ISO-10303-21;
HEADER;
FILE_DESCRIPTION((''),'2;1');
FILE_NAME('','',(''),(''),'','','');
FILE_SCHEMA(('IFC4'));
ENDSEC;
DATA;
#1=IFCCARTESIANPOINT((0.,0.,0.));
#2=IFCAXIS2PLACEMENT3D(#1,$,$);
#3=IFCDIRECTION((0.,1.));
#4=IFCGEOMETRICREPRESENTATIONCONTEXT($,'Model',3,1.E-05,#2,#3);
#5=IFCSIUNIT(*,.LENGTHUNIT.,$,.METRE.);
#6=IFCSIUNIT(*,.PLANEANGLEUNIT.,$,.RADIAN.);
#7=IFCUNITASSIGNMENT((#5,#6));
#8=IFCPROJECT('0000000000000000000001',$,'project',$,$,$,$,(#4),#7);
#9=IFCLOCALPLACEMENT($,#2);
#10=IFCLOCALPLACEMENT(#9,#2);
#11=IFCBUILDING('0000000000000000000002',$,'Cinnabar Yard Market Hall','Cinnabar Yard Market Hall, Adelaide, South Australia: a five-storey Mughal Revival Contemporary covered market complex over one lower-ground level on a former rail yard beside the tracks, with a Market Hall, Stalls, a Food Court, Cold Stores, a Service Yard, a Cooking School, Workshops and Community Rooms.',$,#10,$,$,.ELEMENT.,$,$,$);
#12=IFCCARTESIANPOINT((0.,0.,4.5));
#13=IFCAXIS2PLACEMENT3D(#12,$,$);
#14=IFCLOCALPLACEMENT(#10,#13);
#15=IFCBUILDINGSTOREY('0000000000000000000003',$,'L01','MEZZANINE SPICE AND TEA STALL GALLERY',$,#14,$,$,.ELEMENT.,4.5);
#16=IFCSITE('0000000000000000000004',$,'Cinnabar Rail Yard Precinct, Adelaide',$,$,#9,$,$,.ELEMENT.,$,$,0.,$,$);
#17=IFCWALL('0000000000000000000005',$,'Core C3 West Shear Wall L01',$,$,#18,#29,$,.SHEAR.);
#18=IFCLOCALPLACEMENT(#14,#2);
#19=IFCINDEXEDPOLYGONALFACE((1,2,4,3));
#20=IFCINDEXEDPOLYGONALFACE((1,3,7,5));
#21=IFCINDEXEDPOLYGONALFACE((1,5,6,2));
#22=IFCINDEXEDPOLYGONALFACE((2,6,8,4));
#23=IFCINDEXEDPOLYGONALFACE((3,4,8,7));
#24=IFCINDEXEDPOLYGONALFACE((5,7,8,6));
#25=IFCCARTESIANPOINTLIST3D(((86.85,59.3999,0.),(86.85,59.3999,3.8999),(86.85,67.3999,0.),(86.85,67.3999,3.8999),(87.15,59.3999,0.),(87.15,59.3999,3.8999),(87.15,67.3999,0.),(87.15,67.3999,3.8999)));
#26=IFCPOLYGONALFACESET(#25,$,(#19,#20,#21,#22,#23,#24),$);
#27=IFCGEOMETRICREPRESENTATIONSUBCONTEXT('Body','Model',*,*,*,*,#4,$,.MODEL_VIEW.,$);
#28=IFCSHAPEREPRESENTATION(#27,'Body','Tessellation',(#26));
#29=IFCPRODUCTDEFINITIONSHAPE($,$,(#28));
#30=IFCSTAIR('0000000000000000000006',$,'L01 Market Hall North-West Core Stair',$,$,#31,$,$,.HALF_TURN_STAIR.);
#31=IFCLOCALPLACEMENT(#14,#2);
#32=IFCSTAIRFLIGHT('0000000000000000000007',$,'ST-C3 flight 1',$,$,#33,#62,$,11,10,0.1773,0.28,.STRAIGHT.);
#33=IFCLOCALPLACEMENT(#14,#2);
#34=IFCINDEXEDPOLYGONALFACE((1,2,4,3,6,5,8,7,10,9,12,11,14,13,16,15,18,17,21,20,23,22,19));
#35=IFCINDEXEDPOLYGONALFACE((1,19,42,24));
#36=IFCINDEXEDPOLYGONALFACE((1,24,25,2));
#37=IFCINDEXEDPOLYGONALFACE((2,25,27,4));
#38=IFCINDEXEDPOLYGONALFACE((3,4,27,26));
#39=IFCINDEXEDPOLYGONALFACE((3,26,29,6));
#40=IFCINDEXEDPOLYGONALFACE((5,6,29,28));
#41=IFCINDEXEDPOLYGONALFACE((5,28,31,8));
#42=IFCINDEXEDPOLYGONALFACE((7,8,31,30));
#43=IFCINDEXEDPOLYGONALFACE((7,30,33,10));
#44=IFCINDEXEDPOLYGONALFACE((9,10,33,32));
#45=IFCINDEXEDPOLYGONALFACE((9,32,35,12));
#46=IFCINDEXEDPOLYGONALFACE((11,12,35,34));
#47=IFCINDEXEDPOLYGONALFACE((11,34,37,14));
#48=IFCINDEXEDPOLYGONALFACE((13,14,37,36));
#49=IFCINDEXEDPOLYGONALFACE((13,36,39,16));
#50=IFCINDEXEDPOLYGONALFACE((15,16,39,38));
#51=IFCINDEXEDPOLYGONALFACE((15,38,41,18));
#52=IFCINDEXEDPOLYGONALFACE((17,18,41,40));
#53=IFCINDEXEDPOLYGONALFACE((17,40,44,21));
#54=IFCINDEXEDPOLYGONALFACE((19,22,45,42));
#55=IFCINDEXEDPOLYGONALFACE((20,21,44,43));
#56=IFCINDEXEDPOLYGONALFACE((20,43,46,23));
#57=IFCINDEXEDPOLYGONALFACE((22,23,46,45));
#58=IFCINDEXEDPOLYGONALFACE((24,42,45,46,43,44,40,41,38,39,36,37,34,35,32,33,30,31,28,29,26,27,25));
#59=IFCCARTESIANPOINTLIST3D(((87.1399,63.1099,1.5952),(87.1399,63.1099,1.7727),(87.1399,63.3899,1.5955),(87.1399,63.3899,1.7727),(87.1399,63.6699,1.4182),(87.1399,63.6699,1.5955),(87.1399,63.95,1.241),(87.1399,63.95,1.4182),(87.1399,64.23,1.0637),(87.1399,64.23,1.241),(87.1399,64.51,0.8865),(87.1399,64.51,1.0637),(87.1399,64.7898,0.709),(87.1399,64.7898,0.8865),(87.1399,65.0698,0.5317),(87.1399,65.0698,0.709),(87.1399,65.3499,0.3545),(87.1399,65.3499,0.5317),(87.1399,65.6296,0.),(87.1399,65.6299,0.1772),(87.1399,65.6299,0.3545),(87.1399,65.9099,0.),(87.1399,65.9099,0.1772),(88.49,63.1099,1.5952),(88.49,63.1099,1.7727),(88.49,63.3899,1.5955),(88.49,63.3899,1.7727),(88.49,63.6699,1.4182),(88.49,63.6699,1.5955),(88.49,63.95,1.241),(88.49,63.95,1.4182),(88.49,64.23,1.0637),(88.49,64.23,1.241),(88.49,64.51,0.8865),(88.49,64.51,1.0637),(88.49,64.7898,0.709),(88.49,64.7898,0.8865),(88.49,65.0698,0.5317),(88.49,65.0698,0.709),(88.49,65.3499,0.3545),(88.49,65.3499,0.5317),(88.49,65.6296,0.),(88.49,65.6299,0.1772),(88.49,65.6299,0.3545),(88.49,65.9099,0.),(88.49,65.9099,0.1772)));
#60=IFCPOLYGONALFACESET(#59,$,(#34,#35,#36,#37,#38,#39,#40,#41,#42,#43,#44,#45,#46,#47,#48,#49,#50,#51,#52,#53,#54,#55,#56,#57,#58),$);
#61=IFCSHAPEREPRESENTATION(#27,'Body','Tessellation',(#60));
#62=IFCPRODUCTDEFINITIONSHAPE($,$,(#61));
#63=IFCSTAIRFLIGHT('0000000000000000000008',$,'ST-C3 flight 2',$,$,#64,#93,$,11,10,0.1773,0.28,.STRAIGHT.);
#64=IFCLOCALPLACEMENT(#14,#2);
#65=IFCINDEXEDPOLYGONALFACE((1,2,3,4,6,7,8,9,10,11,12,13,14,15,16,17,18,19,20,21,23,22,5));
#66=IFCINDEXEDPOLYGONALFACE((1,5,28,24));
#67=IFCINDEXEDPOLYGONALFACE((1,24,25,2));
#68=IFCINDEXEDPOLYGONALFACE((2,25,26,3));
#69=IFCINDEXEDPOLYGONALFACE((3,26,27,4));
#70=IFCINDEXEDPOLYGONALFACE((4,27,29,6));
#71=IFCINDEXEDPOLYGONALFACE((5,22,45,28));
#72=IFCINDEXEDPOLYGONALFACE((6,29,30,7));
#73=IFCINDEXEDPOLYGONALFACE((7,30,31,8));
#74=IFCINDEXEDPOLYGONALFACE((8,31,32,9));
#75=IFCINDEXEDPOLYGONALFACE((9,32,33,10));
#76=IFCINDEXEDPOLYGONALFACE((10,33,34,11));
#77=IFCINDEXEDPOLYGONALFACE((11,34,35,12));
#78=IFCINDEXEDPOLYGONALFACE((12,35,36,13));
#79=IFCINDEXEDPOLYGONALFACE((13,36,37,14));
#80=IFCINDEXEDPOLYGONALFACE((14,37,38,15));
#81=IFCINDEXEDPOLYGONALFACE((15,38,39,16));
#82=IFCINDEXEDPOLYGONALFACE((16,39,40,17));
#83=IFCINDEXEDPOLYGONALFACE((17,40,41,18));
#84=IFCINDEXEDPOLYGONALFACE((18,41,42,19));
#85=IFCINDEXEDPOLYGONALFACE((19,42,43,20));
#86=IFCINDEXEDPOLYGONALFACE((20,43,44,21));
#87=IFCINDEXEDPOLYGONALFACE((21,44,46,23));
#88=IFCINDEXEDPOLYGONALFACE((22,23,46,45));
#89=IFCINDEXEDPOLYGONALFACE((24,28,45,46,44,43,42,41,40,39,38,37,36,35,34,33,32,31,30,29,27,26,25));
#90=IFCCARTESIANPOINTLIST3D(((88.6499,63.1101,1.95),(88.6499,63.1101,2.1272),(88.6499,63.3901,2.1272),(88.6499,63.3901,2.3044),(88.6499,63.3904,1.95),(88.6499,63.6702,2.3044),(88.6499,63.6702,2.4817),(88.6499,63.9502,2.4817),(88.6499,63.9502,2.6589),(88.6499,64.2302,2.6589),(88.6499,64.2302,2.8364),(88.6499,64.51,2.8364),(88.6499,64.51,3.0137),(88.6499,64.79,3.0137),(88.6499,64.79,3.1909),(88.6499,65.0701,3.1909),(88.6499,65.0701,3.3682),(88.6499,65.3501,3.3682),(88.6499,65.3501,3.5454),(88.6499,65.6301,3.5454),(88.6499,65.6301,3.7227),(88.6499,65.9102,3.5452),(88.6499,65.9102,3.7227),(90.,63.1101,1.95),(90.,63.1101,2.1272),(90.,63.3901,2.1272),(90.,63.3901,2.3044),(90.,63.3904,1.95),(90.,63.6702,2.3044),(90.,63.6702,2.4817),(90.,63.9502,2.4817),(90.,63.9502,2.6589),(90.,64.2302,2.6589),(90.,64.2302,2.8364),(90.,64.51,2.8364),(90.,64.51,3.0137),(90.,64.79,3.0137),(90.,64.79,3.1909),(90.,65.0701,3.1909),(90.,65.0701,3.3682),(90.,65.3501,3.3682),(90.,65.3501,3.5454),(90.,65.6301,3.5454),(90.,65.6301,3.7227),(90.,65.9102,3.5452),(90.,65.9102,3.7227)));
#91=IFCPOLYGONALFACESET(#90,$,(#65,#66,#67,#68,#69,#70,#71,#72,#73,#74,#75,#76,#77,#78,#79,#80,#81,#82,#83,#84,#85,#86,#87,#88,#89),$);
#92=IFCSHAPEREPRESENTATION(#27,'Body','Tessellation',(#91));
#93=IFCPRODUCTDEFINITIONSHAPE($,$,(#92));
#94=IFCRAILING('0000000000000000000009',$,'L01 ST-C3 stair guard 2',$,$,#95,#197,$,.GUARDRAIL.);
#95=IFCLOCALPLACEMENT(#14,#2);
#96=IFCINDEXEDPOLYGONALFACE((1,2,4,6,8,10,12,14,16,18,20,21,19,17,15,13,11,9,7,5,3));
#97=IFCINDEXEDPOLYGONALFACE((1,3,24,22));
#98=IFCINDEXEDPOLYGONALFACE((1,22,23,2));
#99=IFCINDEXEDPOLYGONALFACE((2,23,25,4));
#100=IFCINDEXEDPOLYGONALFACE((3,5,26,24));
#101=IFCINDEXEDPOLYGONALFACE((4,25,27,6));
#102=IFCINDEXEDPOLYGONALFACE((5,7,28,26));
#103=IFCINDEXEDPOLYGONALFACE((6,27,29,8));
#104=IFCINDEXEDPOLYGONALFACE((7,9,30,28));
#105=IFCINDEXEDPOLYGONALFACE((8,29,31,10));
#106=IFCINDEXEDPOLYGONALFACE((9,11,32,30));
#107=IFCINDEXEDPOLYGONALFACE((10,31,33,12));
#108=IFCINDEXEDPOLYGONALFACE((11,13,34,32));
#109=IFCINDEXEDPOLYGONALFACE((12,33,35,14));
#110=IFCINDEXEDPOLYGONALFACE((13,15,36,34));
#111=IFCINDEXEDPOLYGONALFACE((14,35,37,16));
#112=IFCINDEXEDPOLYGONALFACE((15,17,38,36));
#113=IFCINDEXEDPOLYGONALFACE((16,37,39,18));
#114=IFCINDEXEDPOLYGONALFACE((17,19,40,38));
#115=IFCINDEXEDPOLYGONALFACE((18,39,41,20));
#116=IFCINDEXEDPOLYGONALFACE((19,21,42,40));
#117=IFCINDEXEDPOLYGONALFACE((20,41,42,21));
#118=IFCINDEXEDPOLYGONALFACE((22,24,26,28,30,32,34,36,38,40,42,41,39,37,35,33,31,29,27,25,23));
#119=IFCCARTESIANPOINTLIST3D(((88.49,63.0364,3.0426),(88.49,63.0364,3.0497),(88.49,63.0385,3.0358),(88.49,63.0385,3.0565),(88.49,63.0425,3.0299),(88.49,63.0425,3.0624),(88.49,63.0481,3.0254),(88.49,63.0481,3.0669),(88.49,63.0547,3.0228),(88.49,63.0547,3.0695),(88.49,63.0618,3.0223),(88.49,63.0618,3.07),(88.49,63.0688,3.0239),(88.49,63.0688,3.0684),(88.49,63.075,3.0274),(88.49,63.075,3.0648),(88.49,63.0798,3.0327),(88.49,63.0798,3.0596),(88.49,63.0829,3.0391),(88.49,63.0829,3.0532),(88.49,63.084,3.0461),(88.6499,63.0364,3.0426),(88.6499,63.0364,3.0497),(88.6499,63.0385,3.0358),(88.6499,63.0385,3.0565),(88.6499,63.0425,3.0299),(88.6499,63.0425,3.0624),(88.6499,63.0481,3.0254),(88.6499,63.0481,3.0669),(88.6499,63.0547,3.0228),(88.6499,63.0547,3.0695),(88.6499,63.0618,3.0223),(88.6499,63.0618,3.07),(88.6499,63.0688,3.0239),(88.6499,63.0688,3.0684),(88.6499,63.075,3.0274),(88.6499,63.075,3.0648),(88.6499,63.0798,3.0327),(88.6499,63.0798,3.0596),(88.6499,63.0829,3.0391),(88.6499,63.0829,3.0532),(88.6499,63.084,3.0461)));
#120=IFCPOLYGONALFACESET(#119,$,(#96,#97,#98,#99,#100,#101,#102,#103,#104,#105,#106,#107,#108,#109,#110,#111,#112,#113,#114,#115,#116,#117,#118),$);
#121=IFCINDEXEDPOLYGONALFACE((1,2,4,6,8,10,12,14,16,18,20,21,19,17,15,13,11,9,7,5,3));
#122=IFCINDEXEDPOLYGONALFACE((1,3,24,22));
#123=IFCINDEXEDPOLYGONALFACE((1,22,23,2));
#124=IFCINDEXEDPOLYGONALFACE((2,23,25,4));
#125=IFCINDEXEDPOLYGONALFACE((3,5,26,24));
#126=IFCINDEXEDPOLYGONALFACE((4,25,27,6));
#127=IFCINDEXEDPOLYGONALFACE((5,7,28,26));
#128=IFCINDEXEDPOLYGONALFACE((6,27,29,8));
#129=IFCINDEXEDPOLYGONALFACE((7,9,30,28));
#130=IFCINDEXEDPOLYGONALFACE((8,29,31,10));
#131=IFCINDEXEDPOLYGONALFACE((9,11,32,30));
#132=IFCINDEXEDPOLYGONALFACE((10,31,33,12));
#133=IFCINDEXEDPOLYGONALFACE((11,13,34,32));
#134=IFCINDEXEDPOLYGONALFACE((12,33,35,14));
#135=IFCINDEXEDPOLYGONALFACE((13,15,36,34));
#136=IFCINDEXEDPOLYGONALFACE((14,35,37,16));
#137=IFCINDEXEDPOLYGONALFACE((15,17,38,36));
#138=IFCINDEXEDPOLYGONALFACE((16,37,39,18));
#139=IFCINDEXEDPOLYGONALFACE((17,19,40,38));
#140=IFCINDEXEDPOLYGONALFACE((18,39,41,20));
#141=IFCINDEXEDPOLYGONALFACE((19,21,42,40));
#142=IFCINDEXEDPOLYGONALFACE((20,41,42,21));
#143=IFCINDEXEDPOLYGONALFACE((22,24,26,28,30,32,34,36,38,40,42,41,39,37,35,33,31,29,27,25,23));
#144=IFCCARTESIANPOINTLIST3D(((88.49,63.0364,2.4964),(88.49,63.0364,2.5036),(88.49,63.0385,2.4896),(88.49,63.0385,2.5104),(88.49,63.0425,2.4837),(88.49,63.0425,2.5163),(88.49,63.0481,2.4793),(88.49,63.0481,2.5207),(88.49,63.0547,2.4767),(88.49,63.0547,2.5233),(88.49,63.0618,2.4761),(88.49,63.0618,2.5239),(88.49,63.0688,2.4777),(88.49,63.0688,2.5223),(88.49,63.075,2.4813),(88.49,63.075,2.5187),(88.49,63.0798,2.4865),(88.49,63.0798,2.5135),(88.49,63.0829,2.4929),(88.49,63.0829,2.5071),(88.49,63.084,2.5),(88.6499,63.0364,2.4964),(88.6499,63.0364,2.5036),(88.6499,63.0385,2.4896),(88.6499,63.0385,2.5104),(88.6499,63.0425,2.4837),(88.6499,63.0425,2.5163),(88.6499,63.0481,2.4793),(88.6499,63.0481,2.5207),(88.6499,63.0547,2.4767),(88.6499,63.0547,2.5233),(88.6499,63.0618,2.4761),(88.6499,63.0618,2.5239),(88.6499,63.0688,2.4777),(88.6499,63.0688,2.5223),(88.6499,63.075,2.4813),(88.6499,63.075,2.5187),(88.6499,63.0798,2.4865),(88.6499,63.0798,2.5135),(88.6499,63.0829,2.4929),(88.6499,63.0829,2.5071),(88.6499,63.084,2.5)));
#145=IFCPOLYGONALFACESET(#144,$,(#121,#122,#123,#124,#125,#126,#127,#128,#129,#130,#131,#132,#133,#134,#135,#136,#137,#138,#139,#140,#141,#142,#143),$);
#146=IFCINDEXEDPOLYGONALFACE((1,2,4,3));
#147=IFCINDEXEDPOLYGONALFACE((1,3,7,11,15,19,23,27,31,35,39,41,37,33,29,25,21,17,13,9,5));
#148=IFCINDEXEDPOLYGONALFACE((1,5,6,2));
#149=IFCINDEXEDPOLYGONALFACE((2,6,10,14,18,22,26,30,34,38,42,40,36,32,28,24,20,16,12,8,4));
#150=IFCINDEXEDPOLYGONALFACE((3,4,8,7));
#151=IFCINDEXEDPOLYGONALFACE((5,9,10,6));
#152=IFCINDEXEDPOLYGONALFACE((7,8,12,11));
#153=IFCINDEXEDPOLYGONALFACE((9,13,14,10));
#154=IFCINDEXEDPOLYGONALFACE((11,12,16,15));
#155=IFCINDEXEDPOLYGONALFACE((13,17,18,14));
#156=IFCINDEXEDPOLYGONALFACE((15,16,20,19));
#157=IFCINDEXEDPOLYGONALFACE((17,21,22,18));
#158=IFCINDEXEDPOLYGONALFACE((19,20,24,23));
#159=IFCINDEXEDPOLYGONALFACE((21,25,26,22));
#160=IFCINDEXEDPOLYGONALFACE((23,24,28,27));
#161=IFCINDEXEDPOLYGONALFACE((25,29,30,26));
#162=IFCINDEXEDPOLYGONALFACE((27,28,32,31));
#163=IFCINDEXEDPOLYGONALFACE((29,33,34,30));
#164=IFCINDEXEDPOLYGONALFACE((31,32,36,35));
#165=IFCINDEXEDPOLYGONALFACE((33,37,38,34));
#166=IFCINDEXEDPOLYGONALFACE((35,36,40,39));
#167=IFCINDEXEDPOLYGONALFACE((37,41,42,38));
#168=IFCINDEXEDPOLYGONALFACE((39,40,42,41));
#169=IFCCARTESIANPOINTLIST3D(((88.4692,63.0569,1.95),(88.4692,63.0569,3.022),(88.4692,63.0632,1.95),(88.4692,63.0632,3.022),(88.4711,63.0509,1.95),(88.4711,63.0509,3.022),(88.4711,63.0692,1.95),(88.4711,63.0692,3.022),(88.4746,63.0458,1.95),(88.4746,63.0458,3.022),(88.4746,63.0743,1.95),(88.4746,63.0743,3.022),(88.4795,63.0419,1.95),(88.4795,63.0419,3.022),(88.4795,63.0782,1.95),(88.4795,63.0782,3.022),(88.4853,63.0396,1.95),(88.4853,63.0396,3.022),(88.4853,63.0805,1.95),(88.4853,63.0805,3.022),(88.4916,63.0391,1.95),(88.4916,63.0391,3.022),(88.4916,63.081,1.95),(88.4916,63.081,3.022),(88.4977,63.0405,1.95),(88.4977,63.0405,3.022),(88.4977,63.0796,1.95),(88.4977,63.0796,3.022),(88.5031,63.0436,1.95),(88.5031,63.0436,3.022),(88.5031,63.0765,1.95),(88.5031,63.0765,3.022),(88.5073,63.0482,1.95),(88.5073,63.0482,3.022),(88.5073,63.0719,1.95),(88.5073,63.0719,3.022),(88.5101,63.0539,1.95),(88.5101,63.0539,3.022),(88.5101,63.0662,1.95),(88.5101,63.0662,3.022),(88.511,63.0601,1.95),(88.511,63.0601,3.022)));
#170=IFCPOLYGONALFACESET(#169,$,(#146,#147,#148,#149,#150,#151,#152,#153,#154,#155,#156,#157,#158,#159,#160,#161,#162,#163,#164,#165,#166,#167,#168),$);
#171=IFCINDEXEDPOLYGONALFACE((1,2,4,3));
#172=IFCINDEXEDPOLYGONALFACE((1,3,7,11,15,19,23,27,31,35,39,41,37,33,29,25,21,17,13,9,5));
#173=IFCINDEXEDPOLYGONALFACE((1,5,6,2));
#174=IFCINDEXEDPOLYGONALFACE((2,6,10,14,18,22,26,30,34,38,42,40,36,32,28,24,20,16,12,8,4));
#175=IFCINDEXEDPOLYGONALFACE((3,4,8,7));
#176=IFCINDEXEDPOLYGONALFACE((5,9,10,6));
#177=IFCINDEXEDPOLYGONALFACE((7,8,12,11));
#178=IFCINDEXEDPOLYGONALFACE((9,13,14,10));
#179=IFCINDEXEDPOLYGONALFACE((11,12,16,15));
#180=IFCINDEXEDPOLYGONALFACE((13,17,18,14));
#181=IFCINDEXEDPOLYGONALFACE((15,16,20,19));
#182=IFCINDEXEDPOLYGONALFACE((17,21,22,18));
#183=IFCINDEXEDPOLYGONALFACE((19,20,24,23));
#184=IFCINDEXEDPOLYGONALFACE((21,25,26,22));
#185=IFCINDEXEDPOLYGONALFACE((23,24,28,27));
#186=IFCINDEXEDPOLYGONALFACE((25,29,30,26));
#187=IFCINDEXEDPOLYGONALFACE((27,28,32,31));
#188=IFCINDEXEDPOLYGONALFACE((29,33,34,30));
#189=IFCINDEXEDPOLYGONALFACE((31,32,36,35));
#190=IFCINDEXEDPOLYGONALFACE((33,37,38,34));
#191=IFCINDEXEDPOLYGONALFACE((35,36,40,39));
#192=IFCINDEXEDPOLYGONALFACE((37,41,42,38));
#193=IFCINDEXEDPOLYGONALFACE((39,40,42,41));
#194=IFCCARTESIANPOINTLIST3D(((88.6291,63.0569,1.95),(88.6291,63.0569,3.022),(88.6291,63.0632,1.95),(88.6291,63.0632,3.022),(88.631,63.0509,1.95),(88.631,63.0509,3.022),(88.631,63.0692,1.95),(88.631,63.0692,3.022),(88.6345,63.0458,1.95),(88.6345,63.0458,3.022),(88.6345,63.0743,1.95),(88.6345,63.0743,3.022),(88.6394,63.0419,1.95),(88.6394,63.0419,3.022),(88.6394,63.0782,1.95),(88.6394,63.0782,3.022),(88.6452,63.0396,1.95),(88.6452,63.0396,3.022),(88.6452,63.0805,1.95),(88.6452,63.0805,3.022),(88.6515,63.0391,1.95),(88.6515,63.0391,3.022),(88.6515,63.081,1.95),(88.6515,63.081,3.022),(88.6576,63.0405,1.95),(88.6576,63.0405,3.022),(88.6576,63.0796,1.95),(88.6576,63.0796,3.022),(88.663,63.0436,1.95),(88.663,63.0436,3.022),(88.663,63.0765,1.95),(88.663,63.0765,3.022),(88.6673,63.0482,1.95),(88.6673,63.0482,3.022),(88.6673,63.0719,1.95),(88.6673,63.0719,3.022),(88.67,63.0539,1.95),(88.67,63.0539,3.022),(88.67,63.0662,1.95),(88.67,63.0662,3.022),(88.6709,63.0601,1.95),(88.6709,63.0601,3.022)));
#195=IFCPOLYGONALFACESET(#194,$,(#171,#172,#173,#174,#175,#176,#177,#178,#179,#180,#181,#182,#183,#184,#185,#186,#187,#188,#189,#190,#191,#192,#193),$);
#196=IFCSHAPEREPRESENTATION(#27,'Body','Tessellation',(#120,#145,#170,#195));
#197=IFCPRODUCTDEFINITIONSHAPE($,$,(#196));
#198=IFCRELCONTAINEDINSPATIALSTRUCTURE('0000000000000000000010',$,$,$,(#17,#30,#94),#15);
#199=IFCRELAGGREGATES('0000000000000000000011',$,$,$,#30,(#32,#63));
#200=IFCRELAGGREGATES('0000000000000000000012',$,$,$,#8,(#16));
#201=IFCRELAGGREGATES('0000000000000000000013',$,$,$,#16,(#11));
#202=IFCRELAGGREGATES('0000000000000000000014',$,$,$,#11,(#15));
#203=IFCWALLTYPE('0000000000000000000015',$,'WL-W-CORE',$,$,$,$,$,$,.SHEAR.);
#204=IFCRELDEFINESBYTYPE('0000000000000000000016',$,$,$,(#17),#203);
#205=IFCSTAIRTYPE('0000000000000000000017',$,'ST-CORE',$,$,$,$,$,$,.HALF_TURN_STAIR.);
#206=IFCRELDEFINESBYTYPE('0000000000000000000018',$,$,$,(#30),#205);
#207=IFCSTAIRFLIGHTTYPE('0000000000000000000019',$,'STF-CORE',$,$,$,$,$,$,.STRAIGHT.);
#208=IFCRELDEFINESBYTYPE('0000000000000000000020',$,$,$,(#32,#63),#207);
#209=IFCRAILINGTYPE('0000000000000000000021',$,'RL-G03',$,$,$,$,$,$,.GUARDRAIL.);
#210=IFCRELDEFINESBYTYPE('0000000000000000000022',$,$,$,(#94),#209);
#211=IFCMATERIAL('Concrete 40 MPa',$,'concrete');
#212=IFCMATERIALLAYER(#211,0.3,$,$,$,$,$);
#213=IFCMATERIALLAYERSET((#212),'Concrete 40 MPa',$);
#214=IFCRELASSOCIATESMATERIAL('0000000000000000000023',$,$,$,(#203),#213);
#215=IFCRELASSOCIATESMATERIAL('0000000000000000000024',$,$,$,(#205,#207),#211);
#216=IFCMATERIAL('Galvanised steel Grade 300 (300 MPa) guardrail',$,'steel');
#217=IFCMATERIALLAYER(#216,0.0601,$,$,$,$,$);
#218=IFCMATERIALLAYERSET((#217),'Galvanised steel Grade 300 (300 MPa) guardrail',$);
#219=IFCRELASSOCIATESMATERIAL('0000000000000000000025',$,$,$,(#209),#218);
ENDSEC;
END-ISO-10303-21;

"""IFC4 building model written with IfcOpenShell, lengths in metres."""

from ifc_helpers import new_model, si_unit, direction, frame, frame_2d, origin, origin_2d_with_axis, place, context, subcontext, project, spatial, polyline, rectangle, circle, outline, extrude, material, layer, layer_set, type_object, element, aggregate, save


model = new_model("IFC4")

# Units and contexts
model_context = context("Model", 3, precision=1e-05, world=origin(), true_north=direction((0.0, 1.0)))
body_context = subcontext(model_context, "Body", "Model", "MODEL_VIEW")
ifc_project = project(units=[si_unit("LENGTHUNIT", "METRE"), si_unit("PLANEANGLEUNIT", "RADIAN")], contexts=[model_context])

# Site, building, storey
site_placement = place(None, origin())
site = spatial("IfcSite", under=ifc_project, at=site_placement, Name="Cinnabar Rail Yard Precinct, Adelaide", CompositionType="ELEMENT", RefElevation=0.0)
building_placement = place(site_placement, origin())
building = spatial("IfcBuilding", under=site, at=building_placement, Name="Cinnabar Yard Market Hall", Description="Cinnabar Yard Market Hall, Adelaide, South Australia: a five-storey Mughal Revival Contemporary covered market complex over one lower-ground level on a former rail yard beside the tracks, with a Market Hall, Stalls, a Food Court, Cold Stores, a Service Yard, a Cooking School, Workshops and Community Rooms.", CompositionType="ELEMENT")
storey_placement = place(building_placement, frame((0.0, 0.0, 4.5)))
storey = spatial("IfcBuildingStorey", under=building, at=storey_placement, Name="L01", Description="MEZZANINE SPICE AND TEA STALL GALLERY", CompositionType="ELEMENT", Elevation=4.5)

# Wall
ifc_material_1 = material(Name="Concrete 40 MPa", Category="concrete")
ifc_layer_1 = layer(ifc_material_1, 0.3)
ifc_layer_set_1 = layer_set([ifc_layer_1], Name="Concrete 40 MPa")
wall_type_1 = type_object("IfcWallType", Name="WL-W-CORE", PredefinedType="SHEAR", material=ifc_layer_set_1)
wall_1_placement = place(storey_placement, frame((87.0, 67.3999, 0.0), z_axis=(0.0, 0.0, 1.0), x_axis=(0.0, -1.0, 0.0)))
element("IfcWall", 1, at=wall_1_placement, inside=storey, type_object=wall_type_1, Name="Core C3 West Shear Wall L01", PredefinedType="SHEAR", context=body_context, shape_type="SweptSolid", body=[
    extrude(rectangle(XDim=8.0, YDim=0.3, at=frame_2d((4.0, 0.0), x_axis=(1.0, 0.0))), origin(), (0.0, 0.0, 1.0), 3.8999),
])

# Stair, stair flights
stair_type = type_object("IfcStairType", Name="ST-CORE", PredefinedType="HALF_TURN_STAIR", material=ifc_material_1)
stair_placement = place(storey_placement, origin())
stair = element("IfcStair", 2, at=stair_placement, inside=storey, type_object=stair_type, Name="L01 Market Hall North-West Core Stair", PredefinedType="HALF_TURN_STAIR")
stair_flight_type = type_object("IfcStairFlightType", Name="STF-CORE", PredefinedType="STRAIGHT", material=ifc_material_1)
stair_flight_1_placement = place(storey_placement, frame((87.8149, 65.9099, 0.0), z_axis=(0.0, 0.0, 1.0), x_axis=(0.0, -1.0, 0.0)))
stair_flight_1 = element("IfcStairFlight", 3, at=stair_flight_1_placement, type_object=stair_flight_type, Name="ST-C3 flight 1", NumberOfRisers=11, NumberOfTreads=10, PredefinedType="STRAIGHT", RiserHeight=0.1773, TreadLength=0.28, context=body_context, shape_type="SweptSolid", body=[
    extrude(outline(polyline([(0.0, 0.0), (0.0, 0.1772), (0.28, 0.1772), (0.28, 0.3545), (0.5601, 0.3545), (0.5601, 0.5317), (0.8401, 0.5317), (0.8401, 0.709), (1.1201, 0.709), (1.1201, 0.8865), (1.3999, 0.8865), (1.3999, 1.0637), (1.6799, 1.0637), (1.6799, 1.241), (1.96, 1.241), (1.96, 1.4182), (2.24, 1.4182), (2.24, 1.5955), (2.52, 1.5955), (2.52, 1.7727), (2.8, 1.7727), (2.8, 1.95), (2.8, 1.5952), (0.2803, 0.0), (0.0, 0.0)])), frame((0.0, 0.675, 0.0), z_axis=(0.0, -1.0, 0.0), x_axis=(1.0, 0.0, 0.0)), (0.0, 0.0, 1.0), 1.3501),
])
stair_flight_2_placement = place(storey_placement, frame((89.325, 63.1101, 1.95), z_axis=(0.0, 0.0, 1.0), x_axis=(0.0, 1.0, 0.0)))
stair_flight_2 = element("IfcStairFlight", 4, at=stair_flight_2_placement, type_object=stair_flight_type, Name="ST-C3 flight 2", NumberOfRisers=11, NumberOfTreads=10, PredefinedType="STRAIGHT", RiserHeight=0.1773, TreadLength=0.28, context=body_context, shape_type="SweptSolid", body=[
    extrude(outline(polyline([(0.0, 0.0), (0.0, 0.1772), (0.28, 0.1772), (0.28, 0.3545), (0.5601, 0.3545), (0.5601, 0.5317), (0.8401, 0.5317), (0.8401, 0.709), (1.1201, 0.709), (1.1201, 0.8865), (1.3999, 0.8865), (1.3999, 1.0637), (1.6799, 1.0637), (1.6799, 1.241), (1.96, 1.241), (1.96, 1.4182), (2.24, 1.4182), (2.24, 1.5955), (2.52, 1.5955), (2.52, 1.7727), (2.8, 1.7727), (2.8, 1.95), (2.8, 1.5952), (0.2803, 0.0), (0.0, 0.0)])), frame((0.0, 0.675, 0.0), z_axis=(0.0, -1.0, 0.0), x_axis=(1.0, 0.0, 0.0)), (0.0, 0.0, 1.0), 1.3501),
])
aggregate(stair, [stair_flight_1, stair_flight_2])

# Railing
ifc_material_2 = material(Name="Galvanised steel Grade 300 (300 MPa) guardrail", Category="steel")
ifc_layer_2 = layer(ifc_material_2, 0.0601)
ifc_layer_set_2 = layer_set([ifc_layer_2], Name="Galvanised steel Grade 300 (300 MPa) guardrail")
railing_type_1 = type_object("IfcRailingType", Name="RL-G03", PredefinedType="GUARDRAIL", material=ifc_layer_set_2)
railing_1_placement = place(storey_placement, frame((88.49, 63.0601, 1.95)))
element("IfcRailing", 5, at=railing_1_placement, inside=storey, type_object=railing_type_1, Name="L01 ST-C3 stair guard 2", PredefinedType="GUARDRAIL", context=body_context, shape_type="SweptSolid", body=[
    extrude(circle(Radius=0.0239, at=origin_2d_with_axis()), frame((0.0, 0.0, 1.0962), z_axis=(1.0, 0.0, 0.0), x_axis=(0.0, 1.0, 0.0)), (0.0, 0.0, 1.0), 0.1599),
    extrude(circle(Radius=0.0239, at=origin_2d_with_axis()), frame((0.0, 0.0, 0.55), z_axis=(1.0, 0.0, 0.0), x_axis=(0.0, 1.0, 0.0)), (0.0, 0.0, 1.0), 0.1599),
    extrude(circle(Radius=0.021, at=origin_2d_with_axis()), origin(), (0.0, 0.0, 1.0), 1.072),
    extrude(circle(Radius=0.021, at=origin_2d_with_axis()), frame((0.1599, 0.0, 0.0)), (0.0, 0.0, 1.0), 1.072),
])

save(model, "model.ifc")
